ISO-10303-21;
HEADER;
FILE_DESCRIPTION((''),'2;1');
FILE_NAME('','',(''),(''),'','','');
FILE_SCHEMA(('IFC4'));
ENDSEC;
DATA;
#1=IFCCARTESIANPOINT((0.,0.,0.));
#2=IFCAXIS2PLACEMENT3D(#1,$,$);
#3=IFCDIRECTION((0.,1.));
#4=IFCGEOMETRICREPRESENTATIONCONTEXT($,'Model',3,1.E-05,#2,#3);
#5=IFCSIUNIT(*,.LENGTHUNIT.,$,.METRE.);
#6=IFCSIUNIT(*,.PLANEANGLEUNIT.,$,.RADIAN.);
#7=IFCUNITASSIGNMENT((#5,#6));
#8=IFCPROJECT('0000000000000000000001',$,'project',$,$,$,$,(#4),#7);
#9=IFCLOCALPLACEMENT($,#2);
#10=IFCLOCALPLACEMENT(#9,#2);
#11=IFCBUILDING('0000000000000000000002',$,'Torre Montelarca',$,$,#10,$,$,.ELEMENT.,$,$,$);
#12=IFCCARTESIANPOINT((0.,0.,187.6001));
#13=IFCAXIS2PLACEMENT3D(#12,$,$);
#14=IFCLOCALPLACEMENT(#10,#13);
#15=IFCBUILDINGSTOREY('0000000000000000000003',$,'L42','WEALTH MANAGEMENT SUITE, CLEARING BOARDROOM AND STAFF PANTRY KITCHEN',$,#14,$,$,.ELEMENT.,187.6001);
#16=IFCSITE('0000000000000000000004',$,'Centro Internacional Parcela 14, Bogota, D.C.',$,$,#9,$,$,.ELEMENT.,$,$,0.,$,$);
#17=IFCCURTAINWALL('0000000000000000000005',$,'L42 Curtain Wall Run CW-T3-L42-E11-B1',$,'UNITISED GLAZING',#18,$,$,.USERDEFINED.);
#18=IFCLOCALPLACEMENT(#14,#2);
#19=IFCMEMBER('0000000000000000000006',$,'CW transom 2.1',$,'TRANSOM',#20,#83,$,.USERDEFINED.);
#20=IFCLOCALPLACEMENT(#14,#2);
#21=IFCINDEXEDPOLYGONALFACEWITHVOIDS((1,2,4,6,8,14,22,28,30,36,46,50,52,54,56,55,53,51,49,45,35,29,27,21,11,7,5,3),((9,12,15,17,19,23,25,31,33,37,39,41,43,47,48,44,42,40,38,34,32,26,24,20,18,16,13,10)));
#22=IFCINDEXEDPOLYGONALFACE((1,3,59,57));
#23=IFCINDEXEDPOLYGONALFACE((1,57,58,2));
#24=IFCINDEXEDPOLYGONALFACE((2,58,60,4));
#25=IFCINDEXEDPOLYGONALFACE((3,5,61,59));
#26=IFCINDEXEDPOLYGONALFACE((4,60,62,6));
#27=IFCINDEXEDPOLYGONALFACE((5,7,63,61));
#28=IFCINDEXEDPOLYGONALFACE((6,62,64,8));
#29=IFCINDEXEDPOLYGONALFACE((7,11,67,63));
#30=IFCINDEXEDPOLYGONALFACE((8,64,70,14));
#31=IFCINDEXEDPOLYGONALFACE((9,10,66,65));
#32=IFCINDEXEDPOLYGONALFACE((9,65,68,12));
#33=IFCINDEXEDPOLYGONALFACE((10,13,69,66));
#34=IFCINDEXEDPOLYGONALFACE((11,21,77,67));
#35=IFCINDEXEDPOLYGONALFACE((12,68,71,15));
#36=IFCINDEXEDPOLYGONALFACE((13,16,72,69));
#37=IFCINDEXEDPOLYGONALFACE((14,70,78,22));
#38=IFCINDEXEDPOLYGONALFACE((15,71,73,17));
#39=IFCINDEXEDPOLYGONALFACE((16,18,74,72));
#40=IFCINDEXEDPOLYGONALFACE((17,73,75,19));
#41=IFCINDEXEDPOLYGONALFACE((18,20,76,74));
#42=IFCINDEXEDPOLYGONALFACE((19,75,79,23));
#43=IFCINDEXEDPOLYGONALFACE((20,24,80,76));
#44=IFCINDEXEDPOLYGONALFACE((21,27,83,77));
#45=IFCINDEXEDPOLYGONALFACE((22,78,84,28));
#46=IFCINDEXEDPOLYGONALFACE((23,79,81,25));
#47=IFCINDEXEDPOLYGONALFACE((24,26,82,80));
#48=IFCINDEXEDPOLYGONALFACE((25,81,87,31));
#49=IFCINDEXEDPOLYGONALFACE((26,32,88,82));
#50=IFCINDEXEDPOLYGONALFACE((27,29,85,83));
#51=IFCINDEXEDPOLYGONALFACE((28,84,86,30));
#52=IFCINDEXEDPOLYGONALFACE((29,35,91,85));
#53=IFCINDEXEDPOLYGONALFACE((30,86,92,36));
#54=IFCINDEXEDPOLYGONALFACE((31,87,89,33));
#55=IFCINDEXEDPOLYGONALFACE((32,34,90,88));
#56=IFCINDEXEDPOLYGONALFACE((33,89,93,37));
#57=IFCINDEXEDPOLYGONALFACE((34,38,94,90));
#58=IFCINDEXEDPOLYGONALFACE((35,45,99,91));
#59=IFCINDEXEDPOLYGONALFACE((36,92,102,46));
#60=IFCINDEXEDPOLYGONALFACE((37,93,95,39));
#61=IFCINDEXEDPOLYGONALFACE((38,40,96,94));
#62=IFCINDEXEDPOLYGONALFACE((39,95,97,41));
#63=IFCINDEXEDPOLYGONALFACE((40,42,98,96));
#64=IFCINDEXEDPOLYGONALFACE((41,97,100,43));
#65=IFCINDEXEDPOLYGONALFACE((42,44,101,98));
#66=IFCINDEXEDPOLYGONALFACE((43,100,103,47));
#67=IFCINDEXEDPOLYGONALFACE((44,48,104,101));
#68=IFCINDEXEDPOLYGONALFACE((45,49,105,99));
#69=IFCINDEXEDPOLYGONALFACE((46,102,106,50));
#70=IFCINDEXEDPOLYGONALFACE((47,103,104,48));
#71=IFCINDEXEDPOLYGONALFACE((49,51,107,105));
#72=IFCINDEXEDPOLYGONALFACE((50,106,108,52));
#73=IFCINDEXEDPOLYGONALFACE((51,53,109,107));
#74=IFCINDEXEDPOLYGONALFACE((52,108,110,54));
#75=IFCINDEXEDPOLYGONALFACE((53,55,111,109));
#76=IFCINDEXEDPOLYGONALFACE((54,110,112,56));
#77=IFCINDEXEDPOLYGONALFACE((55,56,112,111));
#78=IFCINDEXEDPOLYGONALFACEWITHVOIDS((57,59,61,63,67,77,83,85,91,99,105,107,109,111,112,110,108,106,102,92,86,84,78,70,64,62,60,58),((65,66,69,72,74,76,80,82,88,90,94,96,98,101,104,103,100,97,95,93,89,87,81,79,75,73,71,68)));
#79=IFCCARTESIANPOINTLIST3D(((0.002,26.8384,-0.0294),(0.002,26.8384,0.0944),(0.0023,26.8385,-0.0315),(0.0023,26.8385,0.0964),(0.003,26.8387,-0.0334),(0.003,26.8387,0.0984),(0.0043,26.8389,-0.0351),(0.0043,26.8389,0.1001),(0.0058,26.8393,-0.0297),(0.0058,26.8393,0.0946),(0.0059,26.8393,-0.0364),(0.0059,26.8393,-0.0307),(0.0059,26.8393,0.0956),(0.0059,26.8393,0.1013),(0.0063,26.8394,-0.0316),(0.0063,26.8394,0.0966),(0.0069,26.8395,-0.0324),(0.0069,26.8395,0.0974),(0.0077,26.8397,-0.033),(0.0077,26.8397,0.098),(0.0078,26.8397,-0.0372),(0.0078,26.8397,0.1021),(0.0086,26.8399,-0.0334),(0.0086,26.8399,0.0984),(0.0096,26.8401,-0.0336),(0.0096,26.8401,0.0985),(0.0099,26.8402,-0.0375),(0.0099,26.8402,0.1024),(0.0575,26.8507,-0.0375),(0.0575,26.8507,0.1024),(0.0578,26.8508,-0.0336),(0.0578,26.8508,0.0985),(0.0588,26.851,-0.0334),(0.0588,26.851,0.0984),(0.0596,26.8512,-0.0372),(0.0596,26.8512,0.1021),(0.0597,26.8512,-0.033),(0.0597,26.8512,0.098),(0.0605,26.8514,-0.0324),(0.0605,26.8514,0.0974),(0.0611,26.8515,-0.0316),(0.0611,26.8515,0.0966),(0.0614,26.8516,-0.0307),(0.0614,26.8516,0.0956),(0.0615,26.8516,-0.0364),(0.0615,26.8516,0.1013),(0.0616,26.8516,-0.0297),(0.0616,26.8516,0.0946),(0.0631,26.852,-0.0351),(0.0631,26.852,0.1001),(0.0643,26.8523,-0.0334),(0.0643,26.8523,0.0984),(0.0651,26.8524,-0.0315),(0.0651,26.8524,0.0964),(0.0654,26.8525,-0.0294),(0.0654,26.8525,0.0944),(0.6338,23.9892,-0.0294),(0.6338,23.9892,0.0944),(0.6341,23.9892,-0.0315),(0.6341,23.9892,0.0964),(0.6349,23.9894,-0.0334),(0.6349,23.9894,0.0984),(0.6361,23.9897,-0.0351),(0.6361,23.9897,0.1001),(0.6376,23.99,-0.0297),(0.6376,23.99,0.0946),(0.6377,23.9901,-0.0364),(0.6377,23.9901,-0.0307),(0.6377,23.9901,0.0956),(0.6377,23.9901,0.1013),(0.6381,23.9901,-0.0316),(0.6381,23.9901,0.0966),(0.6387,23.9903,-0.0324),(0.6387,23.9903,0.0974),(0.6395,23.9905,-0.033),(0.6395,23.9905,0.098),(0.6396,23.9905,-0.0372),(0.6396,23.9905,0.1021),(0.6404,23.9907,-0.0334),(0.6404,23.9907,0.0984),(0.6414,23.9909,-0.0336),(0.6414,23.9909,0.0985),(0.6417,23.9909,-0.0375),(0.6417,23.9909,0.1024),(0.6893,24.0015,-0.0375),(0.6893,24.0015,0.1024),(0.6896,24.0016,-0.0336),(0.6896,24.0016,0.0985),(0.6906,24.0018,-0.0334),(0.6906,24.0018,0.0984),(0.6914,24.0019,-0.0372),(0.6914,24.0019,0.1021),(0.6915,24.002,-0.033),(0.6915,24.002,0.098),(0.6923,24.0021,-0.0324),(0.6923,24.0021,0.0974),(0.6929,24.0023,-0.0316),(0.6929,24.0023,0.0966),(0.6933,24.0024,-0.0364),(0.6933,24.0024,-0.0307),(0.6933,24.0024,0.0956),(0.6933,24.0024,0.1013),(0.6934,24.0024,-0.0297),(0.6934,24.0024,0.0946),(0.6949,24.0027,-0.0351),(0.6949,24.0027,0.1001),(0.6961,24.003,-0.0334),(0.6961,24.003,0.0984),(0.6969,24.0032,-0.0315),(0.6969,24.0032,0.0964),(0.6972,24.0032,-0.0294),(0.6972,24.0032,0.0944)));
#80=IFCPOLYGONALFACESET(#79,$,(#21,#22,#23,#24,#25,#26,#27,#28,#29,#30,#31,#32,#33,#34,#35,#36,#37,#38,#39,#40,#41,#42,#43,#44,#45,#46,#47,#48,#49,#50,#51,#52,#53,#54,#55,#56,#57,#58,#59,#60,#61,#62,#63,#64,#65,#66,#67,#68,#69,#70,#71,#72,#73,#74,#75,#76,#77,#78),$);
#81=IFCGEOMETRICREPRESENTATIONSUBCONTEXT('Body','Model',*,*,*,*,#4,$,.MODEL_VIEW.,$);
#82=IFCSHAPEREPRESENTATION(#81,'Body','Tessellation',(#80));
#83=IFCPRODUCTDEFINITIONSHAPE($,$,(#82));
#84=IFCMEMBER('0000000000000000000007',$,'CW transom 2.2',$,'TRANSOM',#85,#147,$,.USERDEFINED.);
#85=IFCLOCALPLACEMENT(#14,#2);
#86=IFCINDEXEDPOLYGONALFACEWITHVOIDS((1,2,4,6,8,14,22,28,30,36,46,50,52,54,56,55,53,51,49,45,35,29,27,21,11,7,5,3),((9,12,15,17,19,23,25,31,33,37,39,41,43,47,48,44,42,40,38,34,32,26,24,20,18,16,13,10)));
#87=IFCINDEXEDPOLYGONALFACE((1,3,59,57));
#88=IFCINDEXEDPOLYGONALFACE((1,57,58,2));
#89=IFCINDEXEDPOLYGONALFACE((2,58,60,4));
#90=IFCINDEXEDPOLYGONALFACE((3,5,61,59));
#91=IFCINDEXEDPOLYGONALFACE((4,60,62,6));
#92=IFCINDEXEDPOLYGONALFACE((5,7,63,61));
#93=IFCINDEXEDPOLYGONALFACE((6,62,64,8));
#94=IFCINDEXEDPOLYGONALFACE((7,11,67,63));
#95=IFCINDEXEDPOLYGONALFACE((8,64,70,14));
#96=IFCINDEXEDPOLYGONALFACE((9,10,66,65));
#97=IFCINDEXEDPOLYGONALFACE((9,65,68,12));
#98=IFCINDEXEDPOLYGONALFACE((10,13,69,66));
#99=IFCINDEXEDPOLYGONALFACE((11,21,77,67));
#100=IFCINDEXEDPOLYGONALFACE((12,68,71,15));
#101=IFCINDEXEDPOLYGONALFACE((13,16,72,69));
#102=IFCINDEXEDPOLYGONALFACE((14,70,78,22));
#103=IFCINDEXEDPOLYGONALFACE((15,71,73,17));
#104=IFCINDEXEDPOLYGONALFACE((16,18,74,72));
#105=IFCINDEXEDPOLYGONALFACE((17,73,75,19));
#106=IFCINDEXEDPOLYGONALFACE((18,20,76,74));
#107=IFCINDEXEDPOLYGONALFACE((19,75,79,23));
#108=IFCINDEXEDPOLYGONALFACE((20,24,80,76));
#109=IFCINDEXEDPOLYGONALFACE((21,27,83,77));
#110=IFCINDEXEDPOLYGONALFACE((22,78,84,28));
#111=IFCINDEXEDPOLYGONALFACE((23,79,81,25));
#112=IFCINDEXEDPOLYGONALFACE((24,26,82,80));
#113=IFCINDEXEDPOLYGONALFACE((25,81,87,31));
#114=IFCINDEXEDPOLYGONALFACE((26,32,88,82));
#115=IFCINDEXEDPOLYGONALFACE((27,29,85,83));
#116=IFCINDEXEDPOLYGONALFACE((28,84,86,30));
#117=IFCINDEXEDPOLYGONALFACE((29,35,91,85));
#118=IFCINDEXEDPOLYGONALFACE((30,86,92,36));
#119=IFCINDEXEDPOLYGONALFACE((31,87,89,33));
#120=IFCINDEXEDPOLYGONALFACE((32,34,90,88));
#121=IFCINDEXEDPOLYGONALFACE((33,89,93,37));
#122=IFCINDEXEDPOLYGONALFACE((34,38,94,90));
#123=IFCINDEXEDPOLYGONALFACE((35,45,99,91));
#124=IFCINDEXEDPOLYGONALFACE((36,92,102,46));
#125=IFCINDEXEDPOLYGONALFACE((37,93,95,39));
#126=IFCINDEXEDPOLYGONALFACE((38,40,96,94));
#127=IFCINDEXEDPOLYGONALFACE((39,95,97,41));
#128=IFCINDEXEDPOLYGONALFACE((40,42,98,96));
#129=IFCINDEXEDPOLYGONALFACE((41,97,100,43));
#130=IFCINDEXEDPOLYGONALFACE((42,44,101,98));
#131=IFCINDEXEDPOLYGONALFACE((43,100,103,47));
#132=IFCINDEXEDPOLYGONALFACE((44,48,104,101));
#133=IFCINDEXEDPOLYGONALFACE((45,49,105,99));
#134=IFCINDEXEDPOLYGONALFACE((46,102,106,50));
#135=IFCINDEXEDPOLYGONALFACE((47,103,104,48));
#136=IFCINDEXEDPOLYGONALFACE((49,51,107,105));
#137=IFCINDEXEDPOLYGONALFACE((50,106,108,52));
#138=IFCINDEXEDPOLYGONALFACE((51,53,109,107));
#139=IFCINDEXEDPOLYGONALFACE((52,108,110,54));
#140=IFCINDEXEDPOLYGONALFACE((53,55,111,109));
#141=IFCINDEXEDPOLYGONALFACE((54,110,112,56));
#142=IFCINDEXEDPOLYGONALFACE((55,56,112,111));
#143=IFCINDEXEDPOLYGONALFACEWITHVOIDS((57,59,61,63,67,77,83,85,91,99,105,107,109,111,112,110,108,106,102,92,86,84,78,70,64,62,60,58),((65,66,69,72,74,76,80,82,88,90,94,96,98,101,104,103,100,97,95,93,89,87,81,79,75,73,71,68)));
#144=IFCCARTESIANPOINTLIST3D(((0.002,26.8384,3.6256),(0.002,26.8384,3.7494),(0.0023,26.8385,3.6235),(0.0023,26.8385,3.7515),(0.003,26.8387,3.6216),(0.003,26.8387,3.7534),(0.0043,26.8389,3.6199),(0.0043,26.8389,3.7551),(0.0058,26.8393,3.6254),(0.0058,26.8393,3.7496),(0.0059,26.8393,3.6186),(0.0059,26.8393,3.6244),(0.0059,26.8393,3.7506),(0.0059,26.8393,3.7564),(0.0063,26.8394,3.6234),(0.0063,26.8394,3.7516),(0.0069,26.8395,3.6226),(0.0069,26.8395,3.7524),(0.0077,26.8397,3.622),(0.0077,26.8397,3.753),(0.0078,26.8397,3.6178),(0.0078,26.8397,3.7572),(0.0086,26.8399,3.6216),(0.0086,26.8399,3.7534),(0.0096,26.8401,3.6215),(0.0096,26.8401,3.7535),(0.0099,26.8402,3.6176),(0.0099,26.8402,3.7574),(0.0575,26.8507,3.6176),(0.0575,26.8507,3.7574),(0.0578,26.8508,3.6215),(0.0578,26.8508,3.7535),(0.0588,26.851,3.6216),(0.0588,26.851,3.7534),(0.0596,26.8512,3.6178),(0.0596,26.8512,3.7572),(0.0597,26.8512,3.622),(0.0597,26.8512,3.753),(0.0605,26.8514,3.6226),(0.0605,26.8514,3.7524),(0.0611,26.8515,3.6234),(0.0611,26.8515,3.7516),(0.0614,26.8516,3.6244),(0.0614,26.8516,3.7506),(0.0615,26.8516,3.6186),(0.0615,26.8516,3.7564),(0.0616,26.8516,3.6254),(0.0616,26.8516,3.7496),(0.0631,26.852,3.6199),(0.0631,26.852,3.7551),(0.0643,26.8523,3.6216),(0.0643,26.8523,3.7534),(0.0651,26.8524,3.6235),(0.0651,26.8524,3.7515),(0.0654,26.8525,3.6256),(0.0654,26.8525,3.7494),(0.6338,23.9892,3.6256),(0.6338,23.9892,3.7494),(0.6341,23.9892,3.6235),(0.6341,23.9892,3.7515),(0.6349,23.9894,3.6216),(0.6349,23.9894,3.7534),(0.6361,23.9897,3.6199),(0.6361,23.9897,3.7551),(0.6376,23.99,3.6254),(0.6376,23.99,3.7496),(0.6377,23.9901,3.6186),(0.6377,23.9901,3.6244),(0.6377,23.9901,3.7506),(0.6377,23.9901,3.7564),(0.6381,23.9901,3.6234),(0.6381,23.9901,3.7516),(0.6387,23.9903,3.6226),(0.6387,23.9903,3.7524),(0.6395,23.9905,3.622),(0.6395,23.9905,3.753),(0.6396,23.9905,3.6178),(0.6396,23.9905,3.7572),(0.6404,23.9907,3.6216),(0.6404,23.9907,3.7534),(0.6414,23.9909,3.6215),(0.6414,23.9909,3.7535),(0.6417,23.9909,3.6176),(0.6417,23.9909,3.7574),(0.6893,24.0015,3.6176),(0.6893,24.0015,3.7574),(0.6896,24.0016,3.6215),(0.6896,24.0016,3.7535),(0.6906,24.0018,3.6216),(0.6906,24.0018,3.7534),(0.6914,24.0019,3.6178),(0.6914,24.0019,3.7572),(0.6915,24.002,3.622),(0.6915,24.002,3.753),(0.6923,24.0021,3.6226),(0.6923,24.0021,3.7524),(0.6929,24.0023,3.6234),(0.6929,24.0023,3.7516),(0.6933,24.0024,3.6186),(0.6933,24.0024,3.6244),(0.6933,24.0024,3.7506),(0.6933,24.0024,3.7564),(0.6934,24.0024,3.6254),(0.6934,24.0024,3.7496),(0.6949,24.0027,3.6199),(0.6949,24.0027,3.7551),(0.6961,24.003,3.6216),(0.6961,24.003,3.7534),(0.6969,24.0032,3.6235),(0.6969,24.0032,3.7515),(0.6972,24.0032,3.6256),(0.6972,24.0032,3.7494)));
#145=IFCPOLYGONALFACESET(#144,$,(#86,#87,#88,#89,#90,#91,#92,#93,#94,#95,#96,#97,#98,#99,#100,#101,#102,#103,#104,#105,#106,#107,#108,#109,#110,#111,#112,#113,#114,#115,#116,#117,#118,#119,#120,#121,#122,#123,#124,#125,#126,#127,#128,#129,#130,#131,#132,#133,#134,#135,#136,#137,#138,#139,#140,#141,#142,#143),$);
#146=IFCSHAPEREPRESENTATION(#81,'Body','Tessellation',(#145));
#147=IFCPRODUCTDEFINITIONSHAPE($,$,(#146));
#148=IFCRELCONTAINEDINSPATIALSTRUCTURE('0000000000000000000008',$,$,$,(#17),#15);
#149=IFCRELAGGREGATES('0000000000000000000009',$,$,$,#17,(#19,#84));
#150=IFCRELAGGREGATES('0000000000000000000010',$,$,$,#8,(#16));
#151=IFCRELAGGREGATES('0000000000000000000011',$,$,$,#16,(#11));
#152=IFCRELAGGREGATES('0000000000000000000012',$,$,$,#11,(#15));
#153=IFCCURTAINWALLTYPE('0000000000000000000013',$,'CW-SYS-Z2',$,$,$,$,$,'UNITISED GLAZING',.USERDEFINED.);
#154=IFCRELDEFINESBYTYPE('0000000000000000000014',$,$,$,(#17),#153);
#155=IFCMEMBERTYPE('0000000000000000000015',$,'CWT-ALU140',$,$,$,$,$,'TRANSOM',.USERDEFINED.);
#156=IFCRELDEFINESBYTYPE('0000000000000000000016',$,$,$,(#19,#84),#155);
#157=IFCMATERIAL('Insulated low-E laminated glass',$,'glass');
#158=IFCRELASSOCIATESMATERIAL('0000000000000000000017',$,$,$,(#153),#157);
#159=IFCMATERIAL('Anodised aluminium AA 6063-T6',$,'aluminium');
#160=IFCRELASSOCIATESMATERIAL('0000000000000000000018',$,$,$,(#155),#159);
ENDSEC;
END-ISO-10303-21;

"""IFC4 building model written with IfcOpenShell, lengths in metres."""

from ifc_helpers import new_model, si_unit, direction, frame, origin, origin_2d, place, context, subcontext, project, spatial, hollow_rectangle, extrude, source, transform, mapped, material, material_profile, profile_set, type_object, element, aggregate, save


model = new_model("IFC4")

# Units and contexts
model_context = context("Model", 3, precision=1e-05, world=origin(), true_north=direction((0.0, 1.0)))
body_context = subcontext(model_context, "Body", "Model", "MODEL_VIEW")
ifc_project = project(units=[si_unit("LENGTHUNIT", "METRE"), si_unit("PLANEANGLEUNIT", "RADIAN")], contexts=[model_context])

# Site, building, storey
site_placement = place(None, origin())
site = spatial("IfcSite", under=ifc_project, at=site_placement, Name="Centro Internacional Parcela 14, Bogota, D.C.", CompositionType="ELEMENT", RefElevation=0.0)
building_placement = place(site_placement, origin())
building = spatial("IfcBuilding", under=site, at=building_placement, Name="Torre Montelarca", CompositionType="ELEMENT")
storey_placement = place(building_placement, frame((0.0, 0.0, 187.6001)))
storey = spatial("IfcBuildingStorey", under=building, at=storey_placement, Name="L42", Description="WEALTH MANAGEMENT SUITE, CLEARING BOARDROOM AND STAFF PANTRY KITCHEN", CompositionType="ELEMENT", Elevation=187.6001)

# Curtain wall, members
ifc_material_1 = material(Name="Insulated low-E laminated glass", Category="glass")
curtain_wall_type = type_object("IfcCurtainWallType", Name="CW-SYS-Z2", ElementType="UNITISED GLAZING", PredefinedType="USERDEFINED", material=ifc_material_1)
curtain_wall_placement = place(storey_placement, origin())
curtain_wall = element("IfcCurtainWall", 1, at=curtain_wall_placement, inside=storey, type_object=curtain_wall_type, Name="L42 Curtain Wall Run CW-T3-L42-E11-B1", ObjectType="UNITISED GLAZING", PredefinedType="USERDEFINED")
ifc_material_2 = material(Name="Anodised aluminium AA 6063-T6", Category="aluminium")
ifc_material_profile_1 = material_profile(ifc_material_2, hollow_rectangle(XDim=0.0649, YDim=0.1399, WallThickness=0.0039, InnerFilletRadius=0.0039, OuterFilletRadius=0.0081, at=origin_2d()), Name="ALU65X140X4", Category="aluminium")
ifc_profile_set_1 = profile_set([ifc_material_profile_1], Name="Anodised aluminium AA 6063-T6")
member_type_1 = type_object("IfcMemberType", Name="CWT-ALU140", ElementType="TRANSOM", PredefinedType="USERDEFINED", material=ifc_profile_set_1)
shared_shape_1 = source(origin(), body_context, "Body", "SweptSolid", [
    extrude(hollow_rectangle(XDim=0.0649, YDim=0.1399, WallThickness=0.0039, InnerFilletRadius=0.0039, OuterFilletRadius=0.0081, at=origin_2d()), origin(), (0.0, 0.0, 1.0), 2.9185),
])
member_1_placement = place(storey_placement, frame((0.0337, 26.8455, 0.0325), z_axis=(0.216488, -0.976285, 0.0), x_axis=(0.976285, 0.216488, 0.0)))
member_1 = element("IfcMember", 2, at=member_1_placement, type_object=member_type_1, Name="CW transom 2.1", ObjectType="TRANSOM", PredefinedType="USERDEFINED", context=body_context, shape_type="MappedRepresentation", body=[
    mapped(shared_shape_1, transform((0.0, 0.0, 0.0), scale=1.0)),
])
member_2_placement = place(storey_placement, frame((0.0337, 26.8455, 3.6875), z_axis=(0.216488, -0.976285, 0.0), x_axis=(0.976285, 0.216488, 0.0)))
member_2 = element("IfcMember", 3, at=member_2_placement, type_object=member_type_1, Name="CW transom 2.2", ObjectType="TRANSOM", PredefinedType="USERDEFINED", context=body_context, shape_type="MappedRepresentation", body=[
    mapped(shared_shape_1, transform((0.0, 0.0, 0.0), scale=1.0)),
])
aggregate(curtain_wall, [member_1, member_2])

save(model, "model.ifc")
